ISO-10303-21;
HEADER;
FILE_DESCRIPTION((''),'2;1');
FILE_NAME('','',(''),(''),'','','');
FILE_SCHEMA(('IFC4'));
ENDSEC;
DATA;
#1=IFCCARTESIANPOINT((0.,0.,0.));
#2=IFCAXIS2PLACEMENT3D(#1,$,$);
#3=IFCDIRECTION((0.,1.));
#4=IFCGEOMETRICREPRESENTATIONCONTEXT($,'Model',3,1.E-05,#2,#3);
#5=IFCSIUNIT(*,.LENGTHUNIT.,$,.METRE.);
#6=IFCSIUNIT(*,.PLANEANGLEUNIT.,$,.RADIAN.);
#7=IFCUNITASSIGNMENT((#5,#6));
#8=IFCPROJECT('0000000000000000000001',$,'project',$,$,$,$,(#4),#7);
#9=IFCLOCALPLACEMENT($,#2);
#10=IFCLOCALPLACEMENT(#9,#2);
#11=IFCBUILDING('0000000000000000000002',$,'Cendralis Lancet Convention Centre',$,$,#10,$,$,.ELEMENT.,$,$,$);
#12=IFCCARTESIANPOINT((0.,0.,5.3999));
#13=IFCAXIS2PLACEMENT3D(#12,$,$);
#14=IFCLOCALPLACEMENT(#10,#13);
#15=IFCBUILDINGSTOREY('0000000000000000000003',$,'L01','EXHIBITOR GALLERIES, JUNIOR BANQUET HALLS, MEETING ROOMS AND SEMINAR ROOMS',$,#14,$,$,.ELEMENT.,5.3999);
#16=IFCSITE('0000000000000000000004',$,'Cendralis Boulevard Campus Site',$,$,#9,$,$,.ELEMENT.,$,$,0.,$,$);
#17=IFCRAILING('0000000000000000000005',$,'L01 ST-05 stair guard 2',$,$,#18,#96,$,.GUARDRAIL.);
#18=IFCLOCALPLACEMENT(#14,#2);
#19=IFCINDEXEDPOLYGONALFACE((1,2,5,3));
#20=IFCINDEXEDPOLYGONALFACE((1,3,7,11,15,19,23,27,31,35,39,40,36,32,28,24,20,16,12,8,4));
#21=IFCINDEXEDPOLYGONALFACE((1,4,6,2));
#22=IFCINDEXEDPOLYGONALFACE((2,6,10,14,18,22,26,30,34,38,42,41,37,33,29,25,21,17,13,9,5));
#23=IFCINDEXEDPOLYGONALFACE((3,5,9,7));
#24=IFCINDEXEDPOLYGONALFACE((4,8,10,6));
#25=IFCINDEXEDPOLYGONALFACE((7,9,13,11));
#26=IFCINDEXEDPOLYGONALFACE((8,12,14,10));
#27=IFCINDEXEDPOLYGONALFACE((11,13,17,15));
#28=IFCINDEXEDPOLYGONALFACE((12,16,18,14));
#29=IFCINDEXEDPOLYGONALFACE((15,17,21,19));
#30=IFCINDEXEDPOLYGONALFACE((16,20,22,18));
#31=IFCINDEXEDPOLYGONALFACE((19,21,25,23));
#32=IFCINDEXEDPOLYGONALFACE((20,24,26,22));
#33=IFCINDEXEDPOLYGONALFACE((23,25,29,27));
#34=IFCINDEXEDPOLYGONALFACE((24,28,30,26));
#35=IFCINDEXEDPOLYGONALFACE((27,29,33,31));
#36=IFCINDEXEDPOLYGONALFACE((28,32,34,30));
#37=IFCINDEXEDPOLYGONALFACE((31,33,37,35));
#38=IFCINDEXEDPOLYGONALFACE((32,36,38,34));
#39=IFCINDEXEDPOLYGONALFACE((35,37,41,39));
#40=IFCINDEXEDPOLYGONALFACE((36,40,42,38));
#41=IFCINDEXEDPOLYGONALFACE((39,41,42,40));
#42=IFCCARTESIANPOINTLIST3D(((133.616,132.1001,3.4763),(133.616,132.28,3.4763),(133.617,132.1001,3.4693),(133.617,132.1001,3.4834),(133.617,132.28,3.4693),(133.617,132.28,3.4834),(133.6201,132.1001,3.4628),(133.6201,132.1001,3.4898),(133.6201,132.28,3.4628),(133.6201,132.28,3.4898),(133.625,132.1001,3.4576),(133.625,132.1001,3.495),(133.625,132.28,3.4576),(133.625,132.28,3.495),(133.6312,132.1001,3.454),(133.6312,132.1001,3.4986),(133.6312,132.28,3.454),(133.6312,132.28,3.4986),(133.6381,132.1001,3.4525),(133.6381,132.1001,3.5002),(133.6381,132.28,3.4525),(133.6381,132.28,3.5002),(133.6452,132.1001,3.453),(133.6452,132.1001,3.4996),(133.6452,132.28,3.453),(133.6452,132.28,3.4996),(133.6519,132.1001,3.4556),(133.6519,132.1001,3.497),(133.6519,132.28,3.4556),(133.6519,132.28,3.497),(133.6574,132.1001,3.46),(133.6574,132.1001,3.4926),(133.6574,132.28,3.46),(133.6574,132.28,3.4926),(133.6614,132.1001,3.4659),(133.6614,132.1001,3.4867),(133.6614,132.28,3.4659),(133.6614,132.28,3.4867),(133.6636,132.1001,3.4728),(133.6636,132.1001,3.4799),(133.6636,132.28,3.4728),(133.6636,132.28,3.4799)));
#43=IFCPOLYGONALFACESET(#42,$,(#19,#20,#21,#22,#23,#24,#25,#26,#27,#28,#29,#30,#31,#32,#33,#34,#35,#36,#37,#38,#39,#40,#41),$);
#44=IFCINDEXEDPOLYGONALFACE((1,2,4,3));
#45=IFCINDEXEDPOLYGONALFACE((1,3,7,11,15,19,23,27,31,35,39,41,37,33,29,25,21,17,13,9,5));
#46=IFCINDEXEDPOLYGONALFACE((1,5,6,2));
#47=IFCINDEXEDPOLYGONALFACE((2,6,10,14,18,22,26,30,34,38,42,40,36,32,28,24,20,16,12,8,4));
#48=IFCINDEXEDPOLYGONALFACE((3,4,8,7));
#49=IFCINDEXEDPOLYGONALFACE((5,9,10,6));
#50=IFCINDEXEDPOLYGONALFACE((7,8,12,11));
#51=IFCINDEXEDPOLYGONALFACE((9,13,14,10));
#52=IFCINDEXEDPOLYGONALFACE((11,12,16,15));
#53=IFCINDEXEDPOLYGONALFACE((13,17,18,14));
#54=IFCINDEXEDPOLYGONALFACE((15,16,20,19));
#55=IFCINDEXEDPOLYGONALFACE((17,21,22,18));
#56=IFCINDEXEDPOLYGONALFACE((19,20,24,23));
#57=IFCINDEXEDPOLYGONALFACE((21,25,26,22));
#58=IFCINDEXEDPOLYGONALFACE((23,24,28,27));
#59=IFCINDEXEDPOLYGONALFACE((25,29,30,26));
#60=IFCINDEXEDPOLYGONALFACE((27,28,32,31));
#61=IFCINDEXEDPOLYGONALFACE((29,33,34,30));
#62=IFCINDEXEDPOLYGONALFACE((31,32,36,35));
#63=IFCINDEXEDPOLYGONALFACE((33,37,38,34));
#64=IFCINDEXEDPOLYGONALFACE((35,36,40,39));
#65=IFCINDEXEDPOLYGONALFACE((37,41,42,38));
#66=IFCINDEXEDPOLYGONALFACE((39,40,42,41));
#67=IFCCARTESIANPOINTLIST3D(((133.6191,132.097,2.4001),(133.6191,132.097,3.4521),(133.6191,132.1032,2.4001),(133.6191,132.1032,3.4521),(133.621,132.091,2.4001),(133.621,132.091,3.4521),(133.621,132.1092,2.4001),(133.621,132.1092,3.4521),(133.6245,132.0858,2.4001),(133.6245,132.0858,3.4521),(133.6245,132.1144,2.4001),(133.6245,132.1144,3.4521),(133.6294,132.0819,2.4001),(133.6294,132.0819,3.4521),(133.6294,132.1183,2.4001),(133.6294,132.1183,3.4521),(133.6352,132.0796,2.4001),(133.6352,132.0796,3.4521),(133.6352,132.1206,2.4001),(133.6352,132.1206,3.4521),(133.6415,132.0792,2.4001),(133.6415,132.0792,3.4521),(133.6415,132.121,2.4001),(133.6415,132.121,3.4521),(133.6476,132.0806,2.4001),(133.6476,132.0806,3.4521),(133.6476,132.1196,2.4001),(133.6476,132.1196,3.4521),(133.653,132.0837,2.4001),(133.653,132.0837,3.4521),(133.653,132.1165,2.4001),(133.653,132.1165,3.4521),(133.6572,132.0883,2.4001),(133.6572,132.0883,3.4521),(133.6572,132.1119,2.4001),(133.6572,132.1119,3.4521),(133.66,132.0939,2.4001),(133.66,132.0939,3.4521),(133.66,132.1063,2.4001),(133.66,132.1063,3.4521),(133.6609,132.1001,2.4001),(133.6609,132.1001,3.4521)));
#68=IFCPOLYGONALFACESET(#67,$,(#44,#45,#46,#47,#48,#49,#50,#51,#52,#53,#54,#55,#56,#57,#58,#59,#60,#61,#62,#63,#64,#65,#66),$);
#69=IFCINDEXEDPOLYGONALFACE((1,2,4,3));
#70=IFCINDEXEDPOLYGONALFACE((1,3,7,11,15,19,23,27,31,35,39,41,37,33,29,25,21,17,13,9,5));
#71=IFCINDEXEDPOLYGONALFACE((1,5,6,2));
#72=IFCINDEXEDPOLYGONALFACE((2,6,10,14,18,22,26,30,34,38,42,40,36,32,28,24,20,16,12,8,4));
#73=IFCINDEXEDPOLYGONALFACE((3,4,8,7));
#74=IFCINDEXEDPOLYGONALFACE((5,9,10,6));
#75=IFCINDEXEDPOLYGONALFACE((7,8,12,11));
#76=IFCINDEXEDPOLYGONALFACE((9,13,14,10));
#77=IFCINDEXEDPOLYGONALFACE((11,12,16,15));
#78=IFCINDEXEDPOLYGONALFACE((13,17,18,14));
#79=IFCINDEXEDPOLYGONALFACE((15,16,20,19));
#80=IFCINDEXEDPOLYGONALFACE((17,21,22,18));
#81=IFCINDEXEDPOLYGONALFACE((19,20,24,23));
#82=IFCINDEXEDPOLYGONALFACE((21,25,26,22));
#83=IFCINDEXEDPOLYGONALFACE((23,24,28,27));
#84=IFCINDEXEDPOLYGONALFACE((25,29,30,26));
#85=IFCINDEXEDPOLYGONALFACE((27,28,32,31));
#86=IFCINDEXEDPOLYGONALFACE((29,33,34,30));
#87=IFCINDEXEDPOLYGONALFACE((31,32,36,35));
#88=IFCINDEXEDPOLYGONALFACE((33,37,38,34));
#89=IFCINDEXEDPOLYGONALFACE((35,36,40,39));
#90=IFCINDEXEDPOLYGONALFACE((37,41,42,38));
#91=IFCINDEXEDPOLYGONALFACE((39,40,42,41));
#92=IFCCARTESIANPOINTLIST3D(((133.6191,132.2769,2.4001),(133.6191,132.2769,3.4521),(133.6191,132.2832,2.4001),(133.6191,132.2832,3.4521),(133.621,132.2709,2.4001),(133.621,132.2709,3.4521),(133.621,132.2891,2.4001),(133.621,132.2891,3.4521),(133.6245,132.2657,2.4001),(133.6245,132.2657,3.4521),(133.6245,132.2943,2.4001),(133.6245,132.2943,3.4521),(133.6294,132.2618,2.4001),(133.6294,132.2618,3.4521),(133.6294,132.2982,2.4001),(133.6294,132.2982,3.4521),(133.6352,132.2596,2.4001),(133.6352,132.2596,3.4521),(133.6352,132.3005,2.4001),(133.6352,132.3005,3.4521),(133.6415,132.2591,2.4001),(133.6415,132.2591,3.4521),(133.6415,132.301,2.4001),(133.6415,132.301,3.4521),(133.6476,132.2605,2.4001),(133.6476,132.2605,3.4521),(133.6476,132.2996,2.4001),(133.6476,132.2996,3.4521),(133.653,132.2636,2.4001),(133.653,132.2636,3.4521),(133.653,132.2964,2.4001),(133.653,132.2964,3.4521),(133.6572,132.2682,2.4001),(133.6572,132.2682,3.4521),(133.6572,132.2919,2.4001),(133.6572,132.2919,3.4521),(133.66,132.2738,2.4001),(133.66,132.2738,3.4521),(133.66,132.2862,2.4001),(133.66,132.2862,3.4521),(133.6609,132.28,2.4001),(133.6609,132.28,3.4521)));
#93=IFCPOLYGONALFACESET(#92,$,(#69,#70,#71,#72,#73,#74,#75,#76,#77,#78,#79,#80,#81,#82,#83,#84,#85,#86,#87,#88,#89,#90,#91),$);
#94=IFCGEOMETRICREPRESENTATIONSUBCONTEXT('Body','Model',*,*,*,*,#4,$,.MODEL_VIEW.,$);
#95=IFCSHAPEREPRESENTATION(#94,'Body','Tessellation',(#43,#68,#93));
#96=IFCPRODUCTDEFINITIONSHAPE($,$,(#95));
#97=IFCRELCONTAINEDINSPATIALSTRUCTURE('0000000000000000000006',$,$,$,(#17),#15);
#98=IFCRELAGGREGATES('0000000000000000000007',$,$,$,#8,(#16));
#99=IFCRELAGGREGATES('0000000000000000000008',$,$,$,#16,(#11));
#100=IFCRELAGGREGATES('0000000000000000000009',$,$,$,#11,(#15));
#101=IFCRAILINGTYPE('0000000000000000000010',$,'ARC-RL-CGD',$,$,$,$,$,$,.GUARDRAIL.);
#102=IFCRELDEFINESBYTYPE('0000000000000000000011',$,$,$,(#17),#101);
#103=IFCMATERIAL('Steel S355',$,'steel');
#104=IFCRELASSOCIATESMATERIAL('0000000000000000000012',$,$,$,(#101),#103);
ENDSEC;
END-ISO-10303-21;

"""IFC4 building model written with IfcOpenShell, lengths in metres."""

from ifc_helpers import new_model, si_unit, direction, frame, origin, origin_2d, place, context, subcontext, project, spatial, circle, extrude, material, type_object, element, save


model = new_model("IFC4")

# Units and contexts
model_context = context("Model", 3, precision=1e-05, world=origin(), true_north=direction((0.0, 1.0)))
body_context = subcontext(model_context, "Body", "Model", "MODEL_VIEW")
ifc_project = project(units=[si_unit("LENGTHUNIT", "METRE"), si_unit("PLANEANGLEUNIT", "RADIAN")], contexts=[model_context])

# Site, building, storey
site_placement = place(None, origin())
site = spatial("IfcSite", under=ifc_project, at=site_placement, Name="Cendralis Boulevard Campus Site", CompositionType="ELEMENT", RefElevation=0.0)
building_placement = place(site_placement, origin())
building = spatial("IfcBuilding", under=site, at=building_placement, Name="Cendralis Lancet Convention Centre", CompositionType="ELEMENT")
storey_placement = place(building_placement, frame((0.0, 0.0, 5.3999)))
storey = spatial("IfcBuildingStorey", under=building, at=storey_placement, Name="L01", Description="EXHIBITOR GALLERIES, JUNIOR BANQUET HALLS, MEETING ROOMS AND SEMINAR ROOMS", CompositionType="ELEMENT", Elevation=5.3999)

# Shared definitions
ifc_material_1 = material(Name="Steel S355", Category="steel")

# Railing
railing_type_1 = type_object("IfcRailingType", Name="ARC-RL-CGD", PredefinedType="GUARDRAIL", material=ifc_material_1)
railing_1_placement = place(storey_placement, frame((133.6399, 132.1001, 2.4001)))
element("IfcRailing", 1, at=railing_1_placement, inside=storey, type_object=railing_type_1, Name="L01 ST-05 stair guard 2", PredefinedType="GUARDRAIL", context=body_context, shape_type="SweptSolid", body=[
    extrude(circle(Radius=0.0239, at=origin_2d()), frame((0.0, 0.0, 1.0762), z_axis=(0.0, 1.0, 0.0), x_axis=(-1.0, 0.0, 0.0)), (0.0, 0.0, 1.0), 0.1799),
    extrude(circle(Radius=0.021, at=origin_2d()), origin(), (0.0, 0.0, 1.0), 1.052),
    extrude(circle(Radius=0.021, at=origin_2d()), frame((0.0, 0.1799, 0.0)), (0.0, 0.0, 1.0), 1.052),
])

save(model, "model.ifc")
